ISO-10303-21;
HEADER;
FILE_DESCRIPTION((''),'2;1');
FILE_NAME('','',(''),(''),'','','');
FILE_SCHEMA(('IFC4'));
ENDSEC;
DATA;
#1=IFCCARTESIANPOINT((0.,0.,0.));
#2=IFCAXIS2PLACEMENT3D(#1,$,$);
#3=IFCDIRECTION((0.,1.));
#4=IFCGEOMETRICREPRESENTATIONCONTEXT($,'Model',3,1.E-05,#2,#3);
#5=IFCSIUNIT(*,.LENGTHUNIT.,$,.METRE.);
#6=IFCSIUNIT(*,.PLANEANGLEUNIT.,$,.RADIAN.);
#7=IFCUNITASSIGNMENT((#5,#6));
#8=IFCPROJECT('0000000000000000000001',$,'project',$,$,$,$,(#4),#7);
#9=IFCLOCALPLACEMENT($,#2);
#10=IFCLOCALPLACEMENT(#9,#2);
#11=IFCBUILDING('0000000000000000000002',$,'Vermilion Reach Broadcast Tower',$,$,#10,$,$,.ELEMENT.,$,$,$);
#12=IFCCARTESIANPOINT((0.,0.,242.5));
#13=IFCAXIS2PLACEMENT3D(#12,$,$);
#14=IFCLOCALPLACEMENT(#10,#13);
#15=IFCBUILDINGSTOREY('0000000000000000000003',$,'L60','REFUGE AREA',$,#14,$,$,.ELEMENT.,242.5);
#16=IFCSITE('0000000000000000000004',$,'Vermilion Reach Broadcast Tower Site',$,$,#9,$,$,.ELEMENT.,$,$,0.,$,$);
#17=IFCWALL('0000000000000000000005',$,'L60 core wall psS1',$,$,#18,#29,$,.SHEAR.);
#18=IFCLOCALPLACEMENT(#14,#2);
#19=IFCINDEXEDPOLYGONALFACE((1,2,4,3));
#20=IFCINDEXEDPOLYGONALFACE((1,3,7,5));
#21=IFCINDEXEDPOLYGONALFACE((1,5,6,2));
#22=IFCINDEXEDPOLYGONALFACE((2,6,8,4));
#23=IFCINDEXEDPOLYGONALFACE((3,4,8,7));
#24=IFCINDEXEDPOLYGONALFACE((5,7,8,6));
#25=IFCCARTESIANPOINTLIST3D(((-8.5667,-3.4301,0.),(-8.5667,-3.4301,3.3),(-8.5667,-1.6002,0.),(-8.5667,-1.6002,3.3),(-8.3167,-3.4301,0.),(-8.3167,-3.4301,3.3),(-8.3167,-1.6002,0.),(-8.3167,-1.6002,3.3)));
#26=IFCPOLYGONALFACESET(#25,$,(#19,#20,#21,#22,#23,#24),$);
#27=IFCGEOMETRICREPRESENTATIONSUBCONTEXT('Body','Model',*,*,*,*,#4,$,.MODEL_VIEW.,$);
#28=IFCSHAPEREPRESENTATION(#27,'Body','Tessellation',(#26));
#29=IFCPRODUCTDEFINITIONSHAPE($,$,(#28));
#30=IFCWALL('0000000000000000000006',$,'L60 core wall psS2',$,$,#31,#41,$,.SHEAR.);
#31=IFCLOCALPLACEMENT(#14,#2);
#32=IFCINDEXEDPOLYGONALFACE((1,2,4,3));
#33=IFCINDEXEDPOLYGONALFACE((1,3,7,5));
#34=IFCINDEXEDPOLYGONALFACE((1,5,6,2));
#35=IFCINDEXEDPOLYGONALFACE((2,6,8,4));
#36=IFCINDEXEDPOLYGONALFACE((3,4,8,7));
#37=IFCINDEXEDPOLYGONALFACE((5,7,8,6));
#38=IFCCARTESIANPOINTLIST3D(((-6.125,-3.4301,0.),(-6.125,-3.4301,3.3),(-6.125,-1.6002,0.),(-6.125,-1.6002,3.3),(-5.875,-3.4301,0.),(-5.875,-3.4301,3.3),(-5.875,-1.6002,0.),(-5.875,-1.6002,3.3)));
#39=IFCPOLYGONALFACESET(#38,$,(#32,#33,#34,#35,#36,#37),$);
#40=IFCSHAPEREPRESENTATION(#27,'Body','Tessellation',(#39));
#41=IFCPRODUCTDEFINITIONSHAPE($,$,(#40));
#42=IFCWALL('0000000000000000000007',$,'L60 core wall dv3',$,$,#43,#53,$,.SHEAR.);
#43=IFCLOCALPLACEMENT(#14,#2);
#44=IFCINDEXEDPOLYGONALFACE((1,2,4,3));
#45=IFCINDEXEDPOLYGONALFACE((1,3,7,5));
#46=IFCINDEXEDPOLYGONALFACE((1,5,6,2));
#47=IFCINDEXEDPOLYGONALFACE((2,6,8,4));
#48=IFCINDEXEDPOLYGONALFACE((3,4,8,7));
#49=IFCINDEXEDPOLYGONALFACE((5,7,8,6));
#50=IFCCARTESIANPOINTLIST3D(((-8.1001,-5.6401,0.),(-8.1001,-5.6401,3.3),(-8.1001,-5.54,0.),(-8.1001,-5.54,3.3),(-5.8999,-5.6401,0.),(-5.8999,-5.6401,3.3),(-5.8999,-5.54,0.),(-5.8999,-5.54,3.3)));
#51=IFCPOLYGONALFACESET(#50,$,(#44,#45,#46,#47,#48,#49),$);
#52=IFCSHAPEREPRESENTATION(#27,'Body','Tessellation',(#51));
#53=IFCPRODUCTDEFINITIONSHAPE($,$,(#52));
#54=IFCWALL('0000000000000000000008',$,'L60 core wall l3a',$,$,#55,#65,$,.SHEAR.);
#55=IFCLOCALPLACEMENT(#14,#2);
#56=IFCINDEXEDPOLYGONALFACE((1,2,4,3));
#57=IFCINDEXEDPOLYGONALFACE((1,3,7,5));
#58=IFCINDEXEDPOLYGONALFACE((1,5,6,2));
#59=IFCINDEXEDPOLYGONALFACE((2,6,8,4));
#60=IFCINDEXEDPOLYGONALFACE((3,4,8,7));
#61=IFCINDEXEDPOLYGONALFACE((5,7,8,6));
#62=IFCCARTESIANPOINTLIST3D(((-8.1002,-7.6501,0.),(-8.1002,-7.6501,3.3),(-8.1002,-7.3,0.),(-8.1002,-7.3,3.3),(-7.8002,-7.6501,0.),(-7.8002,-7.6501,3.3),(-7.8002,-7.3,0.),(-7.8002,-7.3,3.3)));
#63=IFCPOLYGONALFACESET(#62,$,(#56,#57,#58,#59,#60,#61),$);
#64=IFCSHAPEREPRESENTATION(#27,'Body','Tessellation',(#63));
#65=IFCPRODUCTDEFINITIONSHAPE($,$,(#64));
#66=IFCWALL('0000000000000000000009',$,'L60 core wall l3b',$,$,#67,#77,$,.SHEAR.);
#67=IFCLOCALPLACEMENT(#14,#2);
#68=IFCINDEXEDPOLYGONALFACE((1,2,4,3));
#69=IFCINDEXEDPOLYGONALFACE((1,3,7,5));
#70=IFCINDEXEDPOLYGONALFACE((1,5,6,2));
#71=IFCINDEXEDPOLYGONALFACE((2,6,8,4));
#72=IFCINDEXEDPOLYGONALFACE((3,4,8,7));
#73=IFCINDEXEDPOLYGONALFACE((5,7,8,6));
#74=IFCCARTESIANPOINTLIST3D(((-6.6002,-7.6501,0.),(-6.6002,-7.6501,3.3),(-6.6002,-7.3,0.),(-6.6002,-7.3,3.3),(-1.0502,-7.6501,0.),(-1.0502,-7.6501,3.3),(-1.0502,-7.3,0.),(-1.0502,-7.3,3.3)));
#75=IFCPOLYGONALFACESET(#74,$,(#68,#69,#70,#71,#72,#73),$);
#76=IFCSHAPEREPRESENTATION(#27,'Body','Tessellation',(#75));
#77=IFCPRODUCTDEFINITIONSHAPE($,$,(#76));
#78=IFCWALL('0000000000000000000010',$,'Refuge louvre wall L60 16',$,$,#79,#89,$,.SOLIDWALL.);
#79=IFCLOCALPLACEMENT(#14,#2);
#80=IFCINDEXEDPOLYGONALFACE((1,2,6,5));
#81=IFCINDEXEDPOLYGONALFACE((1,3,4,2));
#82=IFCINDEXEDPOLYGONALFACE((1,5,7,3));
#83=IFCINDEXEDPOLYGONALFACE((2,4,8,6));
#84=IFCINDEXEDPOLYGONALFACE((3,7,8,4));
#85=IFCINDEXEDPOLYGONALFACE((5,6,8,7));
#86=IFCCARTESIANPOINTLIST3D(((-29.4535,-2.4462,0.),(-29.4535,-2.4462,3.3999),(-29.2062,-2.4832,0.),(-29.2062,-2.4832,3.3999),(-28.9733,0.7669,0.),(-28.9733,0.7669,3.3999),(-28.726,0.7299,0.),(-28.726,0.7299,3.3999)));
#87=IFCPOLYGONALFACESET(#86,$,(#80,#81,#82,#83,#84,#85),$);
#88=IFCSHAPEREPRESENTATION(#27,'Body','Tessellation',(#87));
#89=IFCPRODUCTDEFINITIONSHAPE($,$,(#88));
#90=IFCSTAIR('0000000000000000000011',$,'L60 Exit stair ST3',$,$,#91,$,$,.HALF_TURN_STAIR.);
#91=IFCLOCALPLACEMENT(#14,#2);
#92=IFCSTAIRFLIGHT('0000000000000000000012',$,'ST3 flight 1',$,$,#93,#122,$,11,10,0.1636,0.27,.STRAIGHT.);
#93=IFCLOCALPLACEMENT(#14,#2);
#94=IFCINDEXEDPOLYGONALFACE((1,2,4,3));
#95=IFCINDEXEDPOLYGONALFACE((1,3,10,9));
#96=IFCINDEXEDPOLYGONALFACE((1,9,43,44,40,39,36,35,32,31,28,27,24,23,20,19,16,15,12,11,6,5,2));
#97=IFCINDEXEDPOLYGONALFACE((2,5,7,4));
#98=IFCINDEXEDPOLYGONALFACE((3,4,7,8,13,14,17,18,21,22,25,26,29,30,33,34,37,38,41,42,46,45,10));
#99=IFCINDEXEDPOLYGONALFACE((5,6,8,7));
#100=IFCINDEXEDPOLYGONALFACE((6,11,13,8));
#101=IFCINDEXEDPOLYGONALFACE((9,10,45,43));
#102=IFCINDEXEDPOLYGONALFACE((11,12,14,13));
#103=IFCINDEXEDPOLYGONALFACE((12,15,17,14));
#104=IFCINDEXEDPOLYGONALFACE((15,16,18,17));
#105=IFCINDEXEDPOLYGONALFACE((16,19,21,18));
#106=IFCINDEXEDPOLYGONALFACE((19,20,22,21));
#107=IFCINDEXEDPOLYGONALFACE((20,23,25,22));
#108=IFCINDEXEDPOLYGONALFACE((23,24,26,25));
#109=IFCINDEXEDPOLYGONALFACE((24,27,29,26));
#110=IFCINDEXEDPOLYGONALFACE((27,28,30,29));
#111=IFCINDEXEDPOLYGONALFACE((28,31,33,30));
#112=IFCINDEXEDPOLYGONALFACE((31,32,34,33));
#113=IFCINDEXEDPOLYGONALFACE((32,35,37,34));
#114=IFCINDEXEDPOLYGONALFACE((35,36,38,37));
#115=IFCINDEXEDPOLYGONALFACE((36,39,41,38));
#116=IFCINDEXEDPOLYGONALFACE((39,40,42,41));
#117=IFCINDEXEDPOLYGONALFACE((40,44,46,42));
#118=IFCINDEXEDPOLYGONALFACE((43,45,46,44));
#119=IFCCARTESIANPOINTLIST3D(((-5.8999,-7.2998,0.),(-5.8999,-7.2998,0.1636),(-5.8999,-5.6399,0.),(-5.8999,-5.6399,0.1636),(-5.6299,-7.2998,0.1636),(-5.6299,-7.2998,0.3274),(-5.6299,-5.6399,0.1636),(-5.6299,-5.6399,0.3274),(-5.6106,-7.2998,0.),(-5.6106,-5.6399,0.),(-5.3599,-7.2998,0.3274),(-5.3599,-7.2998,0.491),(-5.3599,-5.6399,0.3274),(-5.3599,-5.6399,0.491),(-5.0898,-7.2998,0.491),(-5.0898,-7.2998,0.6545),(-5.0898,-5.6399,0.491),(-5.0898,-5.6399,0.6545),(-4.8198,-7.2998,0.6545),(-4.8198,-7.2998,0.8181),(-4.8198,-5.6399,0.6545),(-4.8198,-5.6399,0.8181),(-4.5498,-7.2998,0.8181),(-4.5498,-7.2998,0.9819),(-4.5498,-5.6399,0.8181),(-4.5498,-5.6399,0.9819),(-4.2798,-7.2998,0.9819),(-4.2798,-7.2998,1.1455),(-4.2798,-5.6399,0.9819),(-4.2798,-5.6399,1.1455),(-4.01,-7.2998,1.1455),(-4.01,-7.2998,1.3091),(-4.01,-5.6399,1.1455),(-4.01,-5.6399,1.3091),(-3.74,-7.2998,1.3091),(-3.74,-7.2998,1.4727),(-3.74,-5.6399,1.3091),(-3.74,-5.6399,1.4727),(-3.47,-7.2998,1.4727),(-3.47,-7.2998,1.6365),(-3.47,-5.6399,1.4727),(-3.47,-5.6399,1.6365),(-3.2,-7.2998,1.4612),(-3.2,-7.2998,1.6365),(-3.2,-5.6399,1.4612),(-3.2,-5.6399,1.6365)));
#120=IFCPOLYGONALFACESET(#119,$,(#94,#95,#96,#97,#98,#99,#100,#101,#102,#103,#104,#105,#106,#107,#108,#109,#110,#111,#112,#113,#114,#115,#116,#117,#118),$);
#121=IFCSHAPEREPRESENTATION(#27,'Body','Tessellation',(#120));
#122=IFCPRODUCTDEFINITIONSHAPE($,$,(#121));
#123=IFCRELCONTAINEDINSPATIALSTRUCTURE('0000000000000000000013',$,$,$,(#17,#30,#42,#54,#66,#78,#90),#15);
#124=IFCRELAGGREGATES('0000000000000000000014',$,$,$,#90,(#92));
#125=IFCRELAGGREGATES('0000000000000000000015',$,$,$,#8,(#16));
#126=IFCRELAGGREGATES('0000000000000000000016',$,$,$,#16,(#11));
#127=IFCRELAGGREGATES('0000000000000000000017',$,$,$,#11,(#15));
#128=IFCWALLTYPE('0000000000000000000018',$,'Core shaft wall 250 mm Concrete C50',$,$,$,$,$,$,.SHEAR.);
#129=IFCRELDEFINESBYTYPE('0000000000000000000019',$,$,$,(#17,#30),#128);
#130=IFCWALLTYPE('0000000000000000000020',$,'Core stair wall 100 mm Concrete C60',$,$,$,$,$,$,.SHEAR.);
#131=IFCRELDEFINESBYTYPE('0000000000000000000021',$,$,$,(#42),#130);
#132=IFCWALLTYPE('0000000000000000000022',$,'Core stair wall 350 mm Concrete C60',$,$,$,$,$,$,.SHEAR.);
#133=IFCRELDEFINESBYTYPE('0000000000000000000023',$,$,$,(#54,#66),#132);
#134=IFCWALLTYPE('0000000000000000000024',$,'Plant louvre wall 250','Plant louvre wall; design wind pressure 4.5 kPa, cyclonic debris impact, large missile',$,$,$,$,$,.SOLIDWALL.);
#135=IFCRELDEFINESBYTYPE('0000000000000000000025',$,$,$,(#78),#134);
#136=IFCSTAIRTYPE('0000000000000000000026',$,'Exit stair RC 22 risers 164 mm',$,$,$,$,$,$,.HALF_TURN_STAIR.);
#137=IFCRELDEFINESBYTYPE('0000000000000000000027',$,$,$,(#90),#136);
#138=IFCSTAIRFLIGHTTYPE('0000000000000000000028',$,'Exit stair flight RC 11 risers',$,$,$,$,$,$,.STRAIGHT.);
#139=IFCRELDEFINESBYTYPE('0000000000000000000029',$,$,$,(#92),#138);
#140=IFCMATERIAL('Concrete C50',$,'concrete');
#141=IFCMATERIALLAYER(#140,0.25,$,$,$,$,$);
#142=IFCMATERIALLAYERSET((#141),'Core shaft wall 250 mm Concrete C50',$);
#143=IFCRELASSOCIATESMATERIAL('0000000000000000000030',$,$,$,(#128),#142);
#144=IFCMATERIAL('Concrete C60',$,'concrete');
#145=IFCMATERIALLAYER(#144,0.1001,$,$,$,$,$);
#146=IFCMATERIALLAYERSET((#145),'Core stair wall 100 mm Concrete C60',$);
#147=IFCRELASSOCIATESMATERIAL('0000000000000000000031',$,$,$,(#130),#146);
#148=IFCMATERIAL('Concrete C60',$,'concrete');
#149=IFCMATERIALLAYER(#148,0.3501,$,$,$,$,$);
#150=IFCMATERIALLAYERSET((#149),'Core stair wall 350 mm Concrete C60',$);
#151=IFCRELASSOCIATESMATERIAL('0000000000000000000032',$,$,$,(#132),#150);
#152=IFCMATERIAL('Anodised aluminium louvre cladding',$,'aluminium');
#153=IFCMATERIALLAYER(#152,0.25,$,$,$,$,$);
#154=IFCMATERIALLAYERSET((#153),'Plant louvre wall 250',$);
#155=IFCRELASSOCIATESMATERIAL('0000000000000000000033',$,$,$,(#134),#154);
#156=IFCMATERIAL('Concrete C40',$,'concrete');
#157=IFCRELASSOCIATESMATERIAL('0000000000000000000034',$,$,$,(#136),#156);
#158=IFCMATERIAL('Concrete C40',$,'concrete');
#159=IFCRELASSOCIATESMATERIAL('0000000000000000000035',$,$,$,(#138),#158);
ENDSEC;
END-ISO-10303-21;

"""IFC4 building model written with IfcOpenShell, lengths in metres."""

from ifc_helpers import new_model, si_unit, direction, frame, frame_2d, origin, place, context, subcontext, project, spatial, polyline, rectangle, outline, extrude, material, layer, layer_set, type_object, element, aggregate, save


model = new_model("IFC4")

# Units and contexts
model_context = context("Model", 3, precision=1e-05, world=origin(), true_north=direction((0.0, 1.0)))
body_context = subcontext(model_context, "Body", "Model", "MODEL_VIEW")
ifc_project = project(units=[si_unit("LENGTHUNIT", "METRE"), si_unit("PLANEANGLEUNIT", "RADIAN")], contexts=[model_context])

# Site, building, storey
site_placement = place(None, origin())
site = spatial("IfcSite", under=ifc_project, at=site_placement, Name="Vermilion Reach Broadcast Tower Site", CompositionType="ELEMENT", RefElevation=0.0)
building_placement = place(site_placement, origin())
building = spatial("IfcBuilding", under=site, at=building_placement, Name="Vermilion Reach Broadcast Tower", CompositionType="ELEMENT")
storey_placement = place(building_placement, frame((0.0, 0.0, 242.5)))
storey = spatial("IfcBuildingStorey", under=building, at=storey_placement, Name="L60", Description="REFUGE AREA", CompositionType="ELEMENT", Elevation=242.5)

# Walls
ifc_material_1 = material(Name="Concrete C50", Category="concrete")
ifc_layer_1 = layer(ifc_material_1, 0.25)
ifc_layer_set_1 = layer_set([ifc_layer_1], Name="Core shaft wall 250 mm Concrete C50")
wall_type_1 = type_object("IfcWallType", Name="Core shaft wall 250 mm Concrete C50", PredefinedType="SHEAR", material=ifc_layer_set_1)
for number, where, z_axis, x_axis, name in (
    (1, (-8.4417, -1.6001, 0.0), (0.0, 0.0, 1.0), (0.0, -1.0, 0.0), "L60 core wall psS1"),
    (2, (-6.0, -1.6001, 0.0), (0.0, 0.0, 1.0), (0.0, -1.0, 0.0), "L60 core wall psS2"),
):
    element("IfcWall", number, at=place(storey_placement, frame(where, z_axis=z_axis, x_axis=x_axis)), inside=storey, type_object=wall_type_1, Name=name, PredefinedType="SHEAR", context=body_context, shape_type="SweptSolid", body=[
        extrude(rectangle(XDim=1.8298, YDim=0.25, at=frame_2d((0.915, 0.0))), origin(), (0.0, 0.0, 1.0), 3.3),
    ])
ifc_material_2 = material(Name="Concrete C60", Category="concrete")
ifc_layer_2 = layer(ifc_material_2, 0.1001)
ifc_layer_set_2 = layer_set([ifc_layer_2], Name="Core stair wall 100 mm Concrete C60")
wall_type_2 = type_object("IfcWallType", Name="Core stair wall 100 mm Concrete C60", PredefinedType="SHEAR", material=ifc_layer_set_2)
wall_1_placement = place(storey_placement, frame((-8.1001, -5.5901, 0.0), z_axis=(0.0, 0.0, 1.0), x_axis=(1.0, 0.0, 0.0)))
element("IfcWall", 3, at=wall_1_placement, inside=storey, type_object=wall_type_2, Name="L60 core wall dv3", PredefinedType="SHEAR", context=body_context, shape_type="SweptSolid", body=[
    extrude(rectangle(XDim=2.2002, YDim=0.1001, at=frame_2d((1.1001, 0.0))), origin(), (0.0, 0.0, 1.0), 3.3),
])
ifc_material_3 = material(Name="Concrete C60", Category="concrete")
ifc_layer_3 = layer(ifc_material_3, 0.3501)
ifc_layer_set_3 = layer_set([ifc_layer_3], Name="Core stair wall 350 mm Concrete C60")
wall_type_3 = type_object("IfcWallType", Name="Core stair wall 350 mm Concrete C60", PredefinedType="SHEAR", material=ifc_layer_set_3)
wall_2_placement = place(storey_placement, frame((-8.1001, -7.4751, 0.0), z_axis=(0.0, 0.0, 1.0), x_axis=(1.0, 0.0, 0.0)))
element("IfcWall", 4, at=wall_2_placement, inside=storey, type_object=wall_type_3, Name="L60 core wall l3a", PredefinedType="SHEAR", context=body_context, shape_type="SweptSolid", body=[
    extrude(rectangle(XDim=0.3, YDim=0.3501, at=frame_2d((0.1499, 0.0))), origin(), (0.0, 0.0, 1.0), 3.3),
])
wall_3_placement = place(storey_placement, frame((-6.6001, -7.4751, 0.0), z_axis=(0.0, 0.0, 1.0), x_axis=(1.0, 0.0, 0.0)))
element("IfcWall", 5, at=wall_3_placement, inside=storey, type_object=wall_type_3, Name="L60 core wall l3b", PredefinedType="SHEAR", context=body_context, shape_type="SweptSolid", body=[
    extrude(rectangle(XDim=5.55, YDim=0.3501, at=frame_2d((2.7749, 0.0))), origin(), (0.0, 0.0, 1.0), 3.3),
])
ifc_material_4 = material(Name="Anodised aluminium louvre cladding", Category="aluminium")
ifc_layer_4 = layer(ifc_material_4, 0.25)
ifc_layer_set_4 = layer_set([ifc_layer_4], Name="Plant louvre wall 250")
wall_type_4 = type_object("IfcWallType", Name="Plant louvre wall 250", Description="Plant louvre wall; design wind pressure 4.5 kPa, cyclonic debris impact, large missile", PredefinedType="SOLIDWALL", material=ifc_layer_set_4)
wall_4_placement = place(storey_placement, frame((-28.8496, 0.7485, 0.0), z_axis=(0.0, 0.0, 1.0), x_axis=(-0.147815, -0.989015, 0.0)))
element("IfcWall", 6, at=wall_4_placement, inside=storey, type_object=wall_type_4, Name="Refuge louvre wall L60 16", PredefinedType="SOLIDWALL", context=body_context, shape_type="SweptSolid", body=[
    extrude(rectangle(XDim=3.2488, YDim=0.25, at=frame_2d((1.6245, 0.0))), origin(), (0.0, 0.0, 1.0), 3.3999),
])

# Stair, stair flight
ifc_material_5 = material(Name="Concrete C40", Category="concrete")
stair_type = type_object("IfcStairType", Name="Exit stair RC 22 risers 164 mm", PredefinedType="HALF_TURN_STAIR", material=ifc_material_5)
stair_placement = place(storey_placement, origin())
stair = element("IfcStair", 7, at=stair_placement, inside=storey, type_object=stair_type, Name="L60 Exit stair ST3", PredefinedType="HALF_TURN_STAIR")
ifc_material_6 = material(Name="Concrete C40", Category="concrete")
stair_flight_type = type_object("IfcStairFlightType", Name="Exit stair flight RC 11 risers", PredefinedType="STRAIGHT", material=ifc_material_6)
stair_flight_placement = place(storey_placement, frame((-5.8999, -6.47, 0.0), z_axis=(0.0, 0.0, 1.0), x_axis=(1.0, 0.0, 0.0)))
stair_flight = element("IfcStairFlight", 8, at=stair_flight_placement, type_object=stair_flight_type, Name="ST3 flight 1", NumberOfRisers=11, NumberOfTreads=10, PredefinedType="STRAIGHT", RiserHeight=0.1636, TreadLength=0.27, context=body_context, shape_type="SweptSolid", body=[
    extrude(outline(polyline([(0.0, 0.0), (0.0, 0.1636), (0.27, 0.1636), (0.27, 0.3274), (0.54, 0.3274), (0.54, 0.491), (0.8101, 0.491), (0.8101, 0.6545), (1.0801, 0.6545), (1.0801, 0.8181), (1.3501, 0.8181), (1.3501, 0.9819), (1.6201, 0.9819), (1.6201, 1.1455), (1.8899, 1.1455), (1.8899, 1.3091), (2.1599, 1.3091), (2.1599, 1.4727), (2.4299, 1.4727), (2.4299, 1.6365), (2.7, 1.6365), (2.7, 1.8), (2.7, 1.4612), (0.2893, 0.0), (0.0, 0.0)])), frame((0.0, 0.8301, 0.0), z_axis=(0.0, -1.0, 0.0), x_axis=(1.0, 0.0, 0.0)), (0.0, 0.0, 1.0), 1.6599),
])
aggregate(stair, [stair_flight])

save(model, "model.ifc")
